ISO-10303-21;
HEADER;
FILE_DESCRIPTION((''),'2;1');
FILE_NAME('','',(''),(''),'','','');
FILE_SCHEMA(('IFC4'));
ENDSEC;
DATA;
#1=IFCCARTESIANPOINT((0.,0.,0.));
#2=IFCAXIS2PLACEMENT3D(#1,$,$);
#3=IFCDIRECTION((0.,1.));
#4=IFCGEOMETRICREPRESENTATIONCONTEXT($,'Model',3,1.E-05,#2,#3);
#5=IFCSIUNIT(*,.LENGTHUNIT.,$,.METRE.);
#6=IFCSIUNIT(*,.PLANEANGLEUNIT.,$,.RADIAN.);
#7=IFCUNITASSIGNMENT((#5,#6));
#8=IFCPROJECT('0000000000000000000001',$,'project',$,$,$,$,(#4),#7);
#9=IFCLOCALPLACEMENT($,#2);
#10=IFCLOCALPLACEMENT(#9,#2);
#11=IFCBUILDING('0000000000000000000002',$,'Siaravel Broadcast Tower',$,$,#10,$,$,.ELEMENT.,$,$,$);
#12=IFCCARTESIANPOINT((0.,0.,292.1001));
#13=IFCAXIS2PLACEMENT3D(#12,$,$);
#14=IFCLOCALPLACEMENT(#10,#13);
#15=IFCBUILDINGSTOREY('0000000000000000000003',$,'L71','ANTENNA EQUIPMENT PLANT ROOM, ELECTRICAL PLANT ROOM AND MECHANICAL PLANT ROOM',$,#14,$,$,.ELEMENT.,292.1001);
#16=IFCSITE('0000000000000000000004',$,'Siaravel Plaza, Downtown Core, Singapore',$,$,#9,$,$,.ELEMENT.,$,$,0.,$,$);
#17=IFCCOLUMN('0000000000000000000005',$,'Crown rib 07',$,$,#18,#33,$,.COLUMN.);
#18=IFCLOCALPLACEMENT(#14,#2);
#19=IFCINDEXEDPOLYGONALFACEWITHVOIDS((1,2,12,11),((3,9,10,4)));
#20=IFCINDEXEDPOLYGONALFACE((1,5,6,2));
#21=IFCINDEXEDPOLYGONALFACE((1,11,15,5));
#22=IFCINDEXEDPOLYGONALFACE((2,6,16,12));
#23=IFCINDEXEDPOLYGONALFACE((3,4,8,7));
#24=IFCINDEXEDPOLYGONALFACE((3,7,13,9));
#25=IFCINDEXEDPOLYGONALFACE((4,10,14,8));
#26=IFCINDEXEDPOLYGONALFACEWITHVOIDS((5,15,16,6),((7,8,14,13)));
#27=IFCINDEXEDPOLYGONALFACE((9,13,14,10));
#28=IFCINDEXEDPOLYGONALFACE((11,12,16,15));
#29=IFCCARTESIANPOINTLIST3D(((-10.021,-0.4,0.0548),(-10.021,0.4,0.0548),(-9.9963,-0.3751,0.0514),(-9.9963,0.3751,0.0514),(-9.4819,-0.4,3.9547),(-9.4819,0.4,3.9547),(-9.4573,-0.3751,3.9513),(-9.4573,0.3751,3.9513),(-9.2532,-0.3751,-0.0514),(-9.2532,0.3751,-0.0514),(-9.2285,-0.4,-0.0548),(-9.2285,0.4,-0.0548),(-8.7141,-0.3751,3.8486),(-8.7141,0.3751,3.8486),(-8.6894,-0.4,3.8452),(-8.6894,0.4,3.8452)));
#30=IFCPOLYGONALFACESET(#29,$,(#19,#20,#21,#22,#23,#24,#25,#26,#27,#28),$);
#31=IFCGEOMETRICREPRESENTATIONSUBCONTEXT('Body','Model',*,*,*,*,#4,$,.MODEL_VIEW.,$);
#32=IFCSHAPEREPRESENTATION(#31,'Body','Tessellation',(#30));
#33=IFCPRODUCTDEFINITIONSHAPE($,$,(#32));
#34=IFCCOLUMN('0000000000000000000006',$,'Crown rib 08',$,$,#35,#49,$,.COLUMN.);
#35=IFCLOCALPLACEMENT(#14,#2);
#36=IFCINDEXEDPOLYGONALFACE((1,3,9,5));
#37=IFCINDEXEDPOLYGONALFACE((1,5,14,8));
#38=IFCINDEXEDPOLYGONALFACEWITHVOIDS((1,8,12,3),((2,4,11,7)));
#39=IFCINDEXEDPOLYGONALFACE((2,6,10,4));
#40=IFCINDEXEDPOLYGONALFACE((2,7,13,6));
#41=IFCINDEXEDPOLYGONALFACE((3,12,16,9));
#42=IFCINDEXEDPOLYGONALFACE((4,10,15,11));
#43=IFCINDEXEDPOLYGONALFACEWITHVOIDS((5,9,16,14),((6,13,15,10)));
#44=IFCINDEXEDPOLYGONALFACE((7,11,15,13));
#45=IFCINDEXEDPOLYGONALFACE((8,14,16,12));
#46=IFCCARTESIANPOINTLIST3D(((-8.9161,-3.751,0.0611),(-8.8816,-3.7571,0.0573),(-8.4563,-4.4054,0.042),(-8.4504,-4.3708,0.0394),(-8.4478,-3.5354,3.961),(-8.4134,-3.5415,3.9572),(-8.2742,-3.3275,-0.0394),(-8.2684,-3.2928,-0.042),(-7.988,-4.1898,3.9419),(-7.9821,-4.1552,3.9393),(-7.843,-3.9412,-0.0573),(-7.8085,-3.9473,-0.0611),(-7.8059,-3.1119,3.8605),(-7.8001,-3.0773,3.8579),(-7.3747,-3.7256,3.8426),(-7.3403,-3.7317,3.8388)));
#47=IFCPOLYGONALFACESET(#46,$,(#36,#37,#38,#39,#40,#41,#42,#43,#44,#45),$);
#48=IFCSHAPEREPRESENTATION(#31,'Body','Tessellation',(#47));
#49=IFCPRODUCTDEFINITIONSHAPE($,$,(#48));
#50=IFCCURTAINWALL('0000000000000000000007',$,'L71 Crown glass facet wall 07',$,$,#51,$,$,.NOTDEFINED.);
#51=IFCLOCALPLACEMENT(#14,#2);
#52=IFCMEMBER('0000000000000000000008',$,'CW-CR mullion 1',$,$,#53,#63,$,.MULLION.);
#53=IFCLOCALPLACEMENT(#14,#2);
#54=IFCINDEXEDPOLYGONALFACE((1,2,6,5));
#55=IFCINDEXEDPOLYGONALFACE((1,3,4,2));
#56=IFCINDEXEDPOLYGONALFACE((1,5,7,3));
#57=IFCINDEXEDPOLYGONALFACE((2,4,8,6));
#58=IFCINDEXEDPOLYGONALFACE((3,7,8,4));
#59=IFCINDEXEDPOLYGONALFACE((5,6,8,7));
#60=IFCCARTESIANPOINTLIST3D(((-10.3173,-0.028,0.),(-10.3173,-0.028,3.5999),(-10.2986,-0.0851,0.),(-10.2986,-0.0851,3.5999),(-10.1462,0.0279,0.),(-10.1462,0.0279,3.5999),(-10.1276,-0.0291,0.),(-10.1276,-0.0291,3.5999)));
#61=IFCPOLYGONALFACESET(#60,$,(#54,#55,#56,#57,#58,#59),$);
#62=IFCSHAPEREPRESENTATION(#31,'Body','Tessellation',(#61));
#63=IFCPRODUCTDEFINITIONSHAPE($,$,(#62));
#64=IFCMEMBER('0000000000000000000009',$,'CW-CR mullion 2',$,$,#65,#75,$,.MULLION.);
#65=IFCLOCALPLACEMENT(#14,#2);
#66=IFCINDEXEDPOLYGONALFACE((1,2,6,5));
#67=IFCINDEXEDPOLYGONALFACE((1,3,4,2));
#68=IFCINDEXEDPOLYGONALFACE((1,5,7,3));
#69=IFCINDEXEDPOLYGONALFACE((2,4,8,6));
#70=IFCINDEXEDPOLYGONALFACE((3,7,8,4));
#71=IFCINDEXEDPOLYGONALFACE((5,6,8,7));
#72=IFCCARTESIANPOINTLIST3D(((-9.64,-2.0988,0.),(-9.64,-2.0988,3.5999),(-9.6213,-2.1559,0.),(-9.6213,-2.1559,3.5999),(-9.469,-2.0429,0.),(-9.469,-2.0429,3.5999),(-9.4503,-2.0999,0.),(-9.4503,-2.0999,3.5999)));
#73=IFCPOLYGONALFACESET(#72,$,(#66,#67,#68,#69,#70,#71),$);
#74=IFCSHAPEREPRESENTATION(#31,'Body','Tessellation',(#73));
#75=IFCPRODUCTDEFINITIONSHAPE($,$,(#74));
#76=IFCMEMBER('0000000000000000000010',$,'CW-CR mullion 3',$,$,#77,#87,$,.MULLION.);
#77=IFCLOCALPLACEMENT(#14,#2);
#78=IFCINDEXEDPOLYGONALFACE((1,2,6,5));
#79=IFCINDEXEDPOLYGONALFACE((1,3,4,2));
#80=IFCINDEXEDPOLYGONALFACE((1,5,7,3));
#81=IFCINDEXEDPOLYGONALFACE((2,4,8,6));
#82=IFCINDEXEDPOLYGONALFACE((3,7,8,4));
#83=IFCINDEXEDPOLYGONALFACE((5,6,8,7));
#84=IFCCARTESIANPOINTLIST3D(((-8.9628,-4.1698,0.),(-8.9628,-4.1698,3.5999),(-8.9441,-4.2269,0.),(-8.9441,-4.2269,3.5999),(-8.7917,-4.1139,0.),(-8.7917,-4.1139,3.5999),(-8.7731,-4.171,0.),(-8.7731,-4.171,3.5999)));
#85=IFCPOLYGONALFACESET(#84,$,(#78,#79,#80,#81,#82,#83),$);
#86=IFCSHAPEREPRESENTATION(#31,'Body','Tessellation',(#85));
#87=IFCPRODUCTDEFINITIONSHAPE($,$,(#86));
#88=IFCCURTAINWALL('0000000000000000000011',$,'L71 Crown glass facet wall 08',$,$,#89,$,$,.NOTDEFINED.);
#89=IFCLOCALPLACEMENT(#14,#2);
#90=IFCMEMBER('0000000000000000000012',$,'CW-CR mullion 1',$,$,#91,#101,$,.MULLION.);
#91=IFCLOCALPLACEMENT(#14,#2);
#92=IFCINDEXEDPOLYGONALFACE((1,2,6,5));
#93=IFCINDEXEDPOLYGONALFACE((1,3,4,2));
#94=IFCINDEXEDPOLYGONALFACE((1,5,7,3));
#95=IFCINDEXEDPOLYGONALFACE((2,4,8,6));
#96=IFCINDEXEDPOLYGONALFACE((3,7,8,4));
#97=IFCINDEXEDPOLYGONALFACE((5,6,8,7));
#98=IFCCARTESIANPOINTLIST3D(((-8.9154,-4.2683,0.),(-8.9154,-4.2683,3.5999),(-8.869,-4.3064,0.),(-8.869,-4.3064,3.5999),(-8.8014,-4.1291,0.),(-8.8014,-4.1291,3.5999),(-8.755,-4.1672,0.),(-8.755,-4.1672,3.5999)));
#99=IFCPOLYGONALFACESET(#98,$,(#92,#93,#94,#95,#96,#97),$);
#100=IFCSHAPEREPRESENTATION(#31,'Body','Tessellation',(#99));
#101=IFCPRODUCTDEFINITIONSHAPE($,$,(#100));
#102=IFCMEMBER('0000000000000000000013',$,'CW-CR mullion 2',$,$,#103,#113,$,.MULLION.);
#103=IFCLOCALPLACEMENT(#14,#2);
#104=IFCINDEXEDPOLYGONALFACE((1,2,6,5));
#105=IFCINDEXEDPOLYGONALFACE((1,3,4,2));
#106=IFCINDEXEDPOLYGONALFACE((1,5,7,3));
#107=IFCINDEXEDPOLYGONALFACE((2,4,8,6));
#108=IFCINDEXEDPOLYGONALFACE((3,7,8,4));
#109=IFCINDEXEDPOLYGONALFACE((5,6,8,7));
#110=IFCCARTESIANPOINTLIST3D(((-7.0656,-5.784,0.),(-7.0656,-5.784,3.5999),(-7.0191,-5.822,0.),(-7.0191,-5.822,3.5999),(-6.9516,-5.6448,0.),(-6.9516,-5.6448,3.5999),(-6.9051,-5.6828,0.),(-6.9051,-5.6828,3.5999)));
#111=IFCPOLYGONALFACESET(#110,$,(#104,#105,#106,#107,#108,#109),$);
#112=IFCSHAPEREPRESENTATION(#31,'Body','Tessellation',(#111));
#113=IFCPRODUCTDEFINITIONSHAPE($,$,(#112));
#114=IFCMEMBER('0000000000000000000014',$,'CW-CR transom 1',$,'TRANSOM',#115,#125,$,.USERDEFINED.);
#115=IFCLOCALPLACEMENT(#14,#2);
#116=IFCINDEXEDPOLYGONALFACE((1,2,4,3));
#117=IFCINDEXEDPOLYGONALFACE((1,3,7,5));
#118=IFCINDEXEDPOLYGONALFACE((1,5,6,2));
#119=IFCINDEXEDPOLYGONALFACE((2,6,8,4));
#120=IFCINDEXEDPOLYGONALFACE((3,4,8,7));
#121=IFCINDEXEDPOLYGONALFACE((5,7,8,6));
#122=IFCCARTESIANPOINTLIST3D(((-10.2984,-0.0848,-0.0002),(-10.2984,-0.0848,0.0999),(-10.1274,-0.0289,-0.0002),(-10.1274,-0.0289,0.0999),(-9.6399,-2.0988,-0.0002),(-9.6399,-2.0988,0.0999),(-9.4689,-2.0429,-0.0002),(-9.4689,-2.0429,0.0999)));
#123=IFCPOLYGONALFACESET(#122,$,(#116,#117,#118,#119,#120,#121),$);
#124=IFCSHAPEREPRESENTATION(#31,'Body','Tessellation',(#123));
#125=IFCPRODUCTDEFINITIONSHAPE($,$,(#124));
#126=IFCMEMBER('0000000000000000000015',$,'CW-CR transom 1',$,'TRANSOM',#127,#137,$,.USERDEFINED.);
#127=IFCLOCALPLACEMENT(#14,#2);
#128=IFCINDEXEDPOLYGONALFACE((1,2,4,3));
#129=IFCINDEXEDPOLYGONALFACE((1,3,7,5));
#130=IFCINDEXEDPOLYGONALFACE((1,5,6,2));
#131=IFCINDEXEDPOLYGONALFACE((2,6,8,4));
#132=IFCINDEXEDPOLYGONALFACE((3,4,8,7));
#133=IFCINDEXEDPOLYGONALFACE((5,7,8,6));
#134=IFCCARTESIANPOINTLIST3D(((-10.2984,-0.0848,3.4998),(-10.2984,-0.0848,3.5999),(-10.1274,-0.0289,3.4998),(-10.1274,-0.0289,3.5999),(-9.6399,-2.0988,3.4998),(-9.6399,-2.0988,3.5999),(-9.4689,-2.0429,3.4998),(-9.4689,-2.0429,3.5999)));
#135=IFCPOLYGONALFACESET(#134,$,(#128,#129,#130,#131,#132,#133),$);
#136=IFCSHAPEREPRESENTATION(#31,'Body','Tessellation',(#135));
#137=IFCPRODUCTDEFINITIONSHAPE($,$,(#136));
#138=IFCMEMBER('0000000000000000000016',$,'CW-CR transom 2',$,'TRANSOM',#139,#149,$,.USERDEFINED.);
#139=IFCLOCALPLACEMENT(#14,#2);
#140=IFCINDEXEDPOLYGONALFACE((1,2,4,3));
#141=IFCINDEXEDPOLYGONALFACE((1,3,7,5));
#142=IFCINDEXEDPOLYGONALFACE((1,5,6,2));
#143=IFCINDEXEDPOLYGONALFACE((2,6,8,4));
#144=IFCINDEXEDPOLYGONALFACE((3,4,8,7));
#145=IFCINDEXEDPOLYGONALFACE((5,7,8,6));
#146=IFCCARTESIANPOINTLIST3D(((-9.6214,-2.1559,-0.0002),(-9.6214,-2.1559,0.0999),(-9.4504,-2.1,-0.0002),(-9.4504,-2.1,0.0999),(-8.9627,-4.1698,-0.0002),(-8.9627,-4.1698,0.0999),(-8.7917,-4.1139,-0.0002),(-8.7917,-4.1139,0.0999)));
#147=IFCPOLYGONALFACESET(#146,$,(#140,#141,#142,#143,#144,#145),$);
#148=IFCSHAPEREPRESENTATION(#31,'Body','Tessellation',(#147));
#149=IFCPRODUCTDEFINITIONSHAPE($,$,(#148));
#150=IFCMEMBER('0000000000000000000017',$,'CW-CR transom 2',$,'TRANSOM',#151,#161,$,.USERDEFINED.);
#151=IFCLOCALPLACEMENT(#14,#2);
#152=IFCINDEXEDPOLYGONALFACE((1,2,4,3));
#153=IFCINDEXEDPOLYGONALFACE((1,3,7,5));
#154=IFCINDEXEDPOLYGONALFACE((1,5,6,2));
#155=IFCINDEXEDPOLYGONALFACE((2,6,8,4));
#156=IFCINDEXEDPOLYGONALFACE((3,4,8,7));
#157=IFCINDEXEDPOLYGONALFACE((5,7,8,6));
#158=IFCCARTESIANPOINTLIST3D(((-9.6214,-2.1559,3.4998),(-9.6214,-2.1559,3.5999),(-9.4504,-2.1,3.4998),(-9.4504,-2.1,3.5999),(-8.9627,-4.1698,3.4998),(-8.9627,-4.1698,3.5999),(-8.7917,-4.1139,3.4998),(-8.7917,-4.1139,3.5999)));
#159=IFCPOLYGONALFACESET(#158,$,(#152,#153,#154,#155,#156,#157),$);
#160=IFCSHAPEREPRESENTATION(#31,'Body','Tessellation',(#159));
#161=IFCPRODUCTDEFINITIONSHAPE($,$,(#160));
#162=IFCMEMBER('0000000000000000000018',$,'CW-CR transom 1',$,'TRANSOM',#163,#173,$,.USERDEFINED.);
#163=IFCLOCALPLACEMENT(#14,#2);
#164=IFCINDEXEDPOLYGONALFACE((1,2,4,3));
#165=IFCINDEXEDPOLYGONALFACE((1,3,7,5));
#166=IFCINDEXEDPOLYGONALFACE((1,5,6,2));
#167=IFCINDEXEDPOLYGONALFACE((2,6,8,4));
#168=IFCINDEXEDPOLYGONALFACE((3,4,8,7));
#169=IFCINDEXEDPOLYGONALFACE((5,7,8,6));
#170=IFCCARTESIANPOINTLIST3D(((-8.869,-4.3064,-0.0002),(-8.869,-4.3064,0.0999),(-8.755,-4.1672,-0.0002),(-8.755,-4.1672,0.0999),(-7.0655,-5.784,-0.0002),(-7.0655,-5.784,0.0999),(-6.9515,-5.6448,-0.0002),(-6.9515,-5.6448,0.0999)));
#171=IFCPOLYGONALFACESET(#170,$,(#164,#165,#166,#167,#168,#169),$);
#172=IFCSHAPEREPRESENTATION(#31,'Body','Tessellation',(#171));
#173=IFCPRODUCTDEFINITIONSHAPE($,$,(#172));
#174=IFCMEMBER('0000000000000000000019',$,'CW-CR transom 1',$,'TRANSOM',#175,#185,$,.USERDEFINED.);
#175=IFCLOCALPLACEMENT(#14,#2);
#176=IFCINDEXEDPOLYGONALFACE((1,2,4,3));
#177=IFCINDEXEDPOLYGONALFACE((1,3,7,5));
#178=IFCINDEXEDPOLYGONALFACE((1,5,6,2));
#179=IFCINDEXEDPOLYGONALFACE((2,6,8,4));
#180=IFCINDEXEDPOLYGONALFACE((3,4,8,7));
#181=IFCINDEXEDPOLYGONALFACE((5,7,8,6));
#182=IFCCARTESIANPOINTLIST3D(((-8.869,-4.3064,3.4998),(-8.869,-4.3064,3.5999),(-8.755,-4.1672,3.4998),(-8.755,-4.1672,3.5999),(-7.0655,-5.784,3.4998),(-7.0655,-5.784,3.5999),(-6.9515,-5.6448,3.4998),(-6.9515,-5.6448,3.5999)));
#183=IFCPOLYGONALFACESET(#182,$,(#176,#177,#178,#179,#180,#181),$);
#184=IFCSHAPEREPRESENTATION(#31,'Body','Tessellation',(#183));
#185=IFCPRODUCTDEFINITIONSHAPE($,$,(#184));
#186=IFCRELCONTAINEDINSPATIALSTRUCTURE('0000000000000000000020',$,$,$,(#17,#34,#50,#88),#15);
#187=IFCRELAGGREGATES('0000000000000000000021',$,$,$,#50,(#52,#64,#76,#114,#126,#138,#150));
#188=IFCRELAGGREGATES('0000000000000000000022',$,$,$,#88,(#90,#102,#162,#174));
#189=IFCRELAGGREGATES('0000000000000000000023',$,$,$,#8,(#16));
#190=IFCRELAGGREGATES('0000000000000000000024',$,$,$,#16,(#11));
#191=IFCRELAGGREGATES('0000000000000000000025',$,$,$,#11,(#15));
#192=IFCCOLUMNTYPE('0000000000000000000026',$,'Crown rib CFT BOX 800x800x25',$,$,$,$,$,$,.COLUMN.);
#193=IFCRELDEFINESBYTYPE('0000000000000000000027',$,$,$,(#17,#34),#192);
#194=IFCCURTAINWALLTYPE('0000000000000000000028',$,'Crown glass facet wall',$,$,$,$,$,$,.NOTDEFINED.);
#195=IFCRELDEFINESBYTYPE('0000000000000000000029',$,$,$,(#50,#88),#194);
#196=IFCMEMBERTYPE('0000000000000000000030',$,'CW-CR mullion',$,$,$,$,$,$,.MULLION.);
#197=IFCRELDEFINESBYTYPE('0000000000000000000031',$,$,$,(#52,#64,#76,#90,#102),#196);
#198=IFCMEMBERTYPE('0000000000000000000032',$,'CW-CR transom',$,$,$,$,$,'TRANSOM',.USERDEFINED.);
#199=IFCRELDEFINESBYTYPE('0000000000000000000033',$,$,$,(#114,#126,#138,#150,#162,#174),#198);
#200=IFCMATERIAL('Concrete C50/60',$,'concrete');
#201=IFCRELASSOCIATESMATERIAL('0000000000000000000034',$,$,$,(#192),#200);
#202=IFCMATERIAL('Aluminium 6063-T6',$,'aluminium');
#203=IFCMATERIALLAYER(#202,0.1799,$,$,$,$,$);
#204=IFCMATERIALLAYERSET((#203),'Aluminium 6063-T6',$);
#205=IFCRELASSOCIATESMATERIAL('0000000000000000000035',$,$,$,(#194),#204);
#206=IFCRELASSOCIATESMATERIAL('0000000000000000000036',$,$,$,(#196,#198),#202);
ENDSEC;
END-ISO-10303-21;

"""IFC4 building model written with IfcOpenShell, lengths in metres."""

from ifc_helpers import new_model, si_unit, direction, frame, origin, origin_2d, place, context, subcontext, project, spatial, rectangle, hollow_rectangle, extrude, material, layer, layer_set, material_profile, profile_set, type_object, element, aggregate, save


model = new_model("IFC4")

# Units and contexts
model_context = context("Model", 3, precision=1e-05, world=origin(), true_north=direction((0.0, 1.0)))
body_context = subcontext(model_context, "Body", "Model", "MODEL_VIEW")
ifc_project = project(units=[si_unit("LENGTHUNIT", "METRE"), si_unit("PLANEANGLEUNIT", "RADIAN")], contexts=[model_context])

# Site, building, storey
site_placement = place(None, origin())
site = spatial("IfcSite", under=ifc_project, at=site_placement, Name="Siaravel Plaza, Downtown Core, Singapore", CompositionType="ELEMENT", RefElevation=0.0)
building_placement = place(site_placement, origin())
building = spatial("IfcBuilding", under=site, at=building_placement, Name="Siaravel Broadcast Tower", CompositionType="ELEMENT")
storey_placement = place(building_placement, frame((0.0, 0.0, 292.1001)))
storey = spatial("IfcBuildingStorey", under=building, at=storey_placement, Name="L71", Description="ANTENNA EQUIPMENT PLANT ROOM, ELECTRICAL PLANT ROOM AND MECHANICAL PLANT ROOM", CompositionType="ELEMENT", Elevation=292.1001)

# Columns
ifc_material_1 = material(Name="Concrete C50/60", Category="concrete")
ifc_material_profile_1 = material_profile(ifc_material_1, hollow_rectangle(XDim=0.8, YDim=0.8, WallThickness=0.0249, at=origin_2d()))
ifc_profile_set_1 = profile_set([ifc_material_profile_1], Name="Concrete C50/60")
column_type = type_object("IfcColumnType", Name="Crown rib CFT BOX 800x800x25", PredefinedType="COLUMN", material=ifc_profile_set_1)
column_1_placement = place(storey_placement, frame((-9.6248, 0.0, 0.0), z_axis=(0.136923, 0.0, 0.990582), x_axis=(0.0, 1.0, 0.0)))
element("IfcColumn", 1, at=column_1_placement, inside=storey, type_object=column_type, Name="Crown rib 07", PredefinedType="COLUMN", context=body_context, shape_type="SweptSolid", body=[
    extrude(hollow_rectangle(XDim=0.8, YDim=0.8, WallThickness=0.0249, at=origin_2d()), origin(), (0.0, 0.0, 1.0), 3.937),
])
column_2_placement = place(storey_placement, frame((-8.3623, -3.8491, 0.0), z_axis=(0.119035, 0.054801, 0.991377), x_axis=(-0.574756, 0.817979, 0.023795)))
element("IfcColumn", 2, at=column_2_placement, inside=storey, type_object=column_type, Name="Crown rib 08", PredefinedType="COLUMN", context=body_context, shape_type="SweptSolid", body=[
    extrude(hollow_rectangle(XDim=0.8, YDim=0.8, WallThickness=0.0249, at=origin_2d()), origin(), (0.0, 0.0, 1.0), 3.9338),
])

# Curtain walls, members
ifc_material_2 = material(Name="Aluminium 6063-T6", Category="aluminium")
ifc_layer_1 = layer(ifc_material_2, 0.1799)
ifc_layer_set_1 = layer_set([ifc_layer_1], Name="Aluminium 6063-T6")
curtain_wall_type = type_object("IfcCurtainWallType", Name="Crown glass facet wall", PredefinedType="NOTDEFINED", material=ifc_layer_set_1)
curtain_wall_1_placement = place(storey_placement, origin())
curtain_wall_1 = element("IfcCurtainWall", 3, at=curtain_wall_1_placement, inside=storey, type_object=curtain_wall_type, Name="L71 Crown glass facet wall 07", PredefinedType="NOTDEFINED")
ifc_material_profile_2 = material_profile(ifc_material_2, rectangle(XDim=0.1799, YDim=0.0601, at=origin_2d()))
ifc_profile_set_2 = profile_set([ifc_material_profile_2], Name="Aluminium 6063-T6")
member_type_1 = type_object("IfcMemberType", Name="CW-CR mullion", PredefinedType="MULLION", material=ifc_profile_set_2)
member_1_placement = place(storey_placement, frame((-10.2224, -0.0286, 0.0), z_axis=(0.0, 0.0, 1.0), x_axis=(0.95046, 0.310848, 0.0)))
member_1 = element("IfcMember", 4, at=member_1_placement, type_object=member_type_1, Name="CW-CR mullion 1", PredefinedType="MULLION", context=body_context, shape_type="SweptSolid", body=[
    extrude(rectangle(XDim=0.1799, YDim=0.0601, at=origin_2d()), origin(), (0.0, 0.0, 1.0), 3.5999),
])
member_2_placement = place(storey_placement, frame((-9.5452, -2.0994, 0.0), z_axis=(0.0, 0.0, 1.0), x_axis=(0.95046, 0.310848, 0.0)))
member_2 = element("IfcMember", 5, at=member_2_placement, type_object=member_type_1, Name="CW-CR mullion 2", PredefinedType="MULLION", context=body_context, shape_type="SweptSolid", body=[
    extrude(rectangle(XDim=0.1799, YDim=0.0601, at=origin_2d()), origin(), (0.0, 0.0, 1.0), 3.5999),
])
member_3_placement = place(storey_placement, frame((-8.8679, -4.1704, 0.0), z_axis=(0.0, 0.0, 1.0), x_axis=(0.95046, 0.310848, 0.0)))
member_3 = element("IfcMember", 6, at=member_3_placement, type_object=member_type_1, Name="CW-CR mullion 3", PredefinedType="MULLION", context=body_context, shape_type="SweptSolid", body=[
    extrude(rectangle(XDim=0.1799, YDim=0.0601, at=origin_2d()), origin(), (0.0, 0.0, 1.0), 3.5999),
])
curtain_wall_2_placement = place(storey_placement, origin())
curtain_wall_2 = element("IfcCurtainWall", 7, at=curtain_wall_2_placement, inside=storey, type_object=curtain_wall_type, Name="L71 Crown glass facet wall 08", PredefinedType="NOTDEFINED")
member_4_placement = place(storey_placement, frame((-8.8352, -4.2178, 0.0), z_axis=(0.0, 0.0, 1.0), x_axis=(0.633724, 0.773559, 0.0)))
member_4 = element("IfcMember", 8, at=member_4_placement, type_object=member_type_1, Name="CW-CR mullion 1", PredefinedType="MULLION", context=body_context, shape_type="SweptSolid", body=[
    extrude(rectangle(XDim=0.1799, YDim=0.0601, at=origin_2d()), origin(), (0.0, 0.0, 1.0), 3.5999),
])
member_5_placement = place(storey_placement, frame((-6.9854, -5.7334, 0.0), z_axis=(0.0, 0.0, 1.0), x_axis=(0.633724, 0.773559, 0.0)))
member_5 = element("IfcMember", 9, at=member_5_placement, type_object=member_type_1, Name="CW-CR mullion 2", PredefinedType="MULLION", context=body_context, shape_type="SweptSolid", body=[
    extrude(rectangle(XDim=0.1799, YDim=0.0601, at=origin_2d()), origin(), (0.0, 0.0, 1.0), 3.5999),
])

# Members
ifc_material_profile_3 = material_profile(ifc_material_2, rectangle(XDim=0.1799, YDim=0.1001, at=origin_2d()))
ifc_profile_set_3 = profile_set([ifc_material_profile_3], Name="Aluminium 6063-T6")
member_type_2 = type_object("IfcMemberType", Name="CW-CR transom", ElementType="TRANSOM", PredefinedType="USERDEFINED", material=ifc_profile_set_3)
member_6_placement = place(storey_placement, frame((-10.2129, -0.0569, 0.0498), z_axis=(0.310761, -0.950488, 0.0), x_axis=(0.950488, 0.310761, 0.0)))
member_6 = element("IfcMember", 10, at=member_6_placement, type_object=member_type_2, Name="CW-CR transom 1", ObjectType="TRANSOM", PredefinedType="USERDEFINED", context=body_context, shape_type="SweptSolid", body=[
    extrude(rectangle(XDim=0.1799, YDim=0.1001, at=origin_2d()), origin(), (0.0, 0.0, 1.0), 2.1189),
])
member_7_placement = place(storey_placement, frame((-10.2129, -0.0569, 3.5498), z_axis=(0.310761, -0.950488, 0.0), x_axis=(0.950488, 0.310761, 0.0)))
member_7 = element("IfcMember", 11, at=member_7_placement, type_object=member_type_2, Name="CW-CR transom 1", ObjectType="TRANSOM", PredefinedType="USERDEFINED", context=body_context, shape_type="SweptSolid", body=[
    extrude(rectangle(XDim=0.1799, YDim=0.1001, at=origin_2d()), origin(), (0.0, 0.0, 1.0), 2.1189),
])
member_8_placement = place(storey_placement, frame((-9.5359, -2.1279, 0.0498), z_axis=(0.310865, -0.950454, 0.0), x_axis=(0.950454, 0.310865, 0.0)))
member_8 = element("IfcMember", 12, at=member_8_placement, type_object=member_type_2, Name="CW-CR transom 2", ObjectType="TRANSOM", PredefinedType="USERDEFINED", context=body_context, shape_type="SweptSolid", body=[
    extrude(rectangle(XDim=0.1799, YDim=0.1001, at=origin_2d()), origin(), (0.0, 0.0, 1.0), 2.1189),
])
member_9_placement = place(storey_placement, frame((-9.5359, -2.1279, 3.5498), z_axis=(0.310865, -0.950454, 0.0), x_axis=(0.950454, 0.310865, 0.0)))
member_9 = element("IfcMember", 13, at=member_9_placement, type_object=member_type_2, Name="CW-CR transom 2", ObjectType="TRANSOM", PredefinedType="USERDEFINED", context=body_context, shape_type="SweptSolid", body=[
    extrude(rectangle(XDim=0.1799, YDim=0.1001, at=origin_2d()), origin(), (0.0, 0.0, 1.0), 2.1189),
])
member_10_placement = place(storey_placement, frame((-8.812, -4.2368, 0.0498), z_axis=(0.773542, -0.633745, 0.0), x_axis=(0.633745, 0.773542, 0.0)))
member_10 = element("IfcMember", 14, at=member_10_placement, type_object=member_type_2, Name="CW-CR transom 1", ObjectType="TRANSOM", PredefinedType="USERDEFINED", context=body_context, shape_type="SweptSolid", body=[
    extrude(rectangle(XDim=0.1799, YDim=0.1001, at=origin_2d()), origin(), (0.0, 0.0, 1.0), 2.3315),
])
member_11_placement = place(storey_placement, frame((-8.812, -4.2368, 3.5498), z_axis=(0.773542, -0.633745, 0.0), x_axis=(0.633745, 0.773542, 0.0)))
member_11 = element("IfcMember", 15, at=member_11_placement, type_object=member_type_2, Name="CW-CR transom 1", ObjectType="TRANSOM", PredefinedType="USERDEFINED", context=body_context, shape_type="SweptSolid", body=[
    extrude(rectangle(XDim=0.1799, YDim=0.1001, at=origin_2d()), origin(), (0.0, 0.0, 1.0), 2.3315),
])

aggregate(curtain_wall_1, [member_1, member_2, member_3, member_6, member_7, member_8, member_9])
aggregate(curtain_wall_2, [member_4, member_5, member_10, member_11])

save(model, "model.ifc")
